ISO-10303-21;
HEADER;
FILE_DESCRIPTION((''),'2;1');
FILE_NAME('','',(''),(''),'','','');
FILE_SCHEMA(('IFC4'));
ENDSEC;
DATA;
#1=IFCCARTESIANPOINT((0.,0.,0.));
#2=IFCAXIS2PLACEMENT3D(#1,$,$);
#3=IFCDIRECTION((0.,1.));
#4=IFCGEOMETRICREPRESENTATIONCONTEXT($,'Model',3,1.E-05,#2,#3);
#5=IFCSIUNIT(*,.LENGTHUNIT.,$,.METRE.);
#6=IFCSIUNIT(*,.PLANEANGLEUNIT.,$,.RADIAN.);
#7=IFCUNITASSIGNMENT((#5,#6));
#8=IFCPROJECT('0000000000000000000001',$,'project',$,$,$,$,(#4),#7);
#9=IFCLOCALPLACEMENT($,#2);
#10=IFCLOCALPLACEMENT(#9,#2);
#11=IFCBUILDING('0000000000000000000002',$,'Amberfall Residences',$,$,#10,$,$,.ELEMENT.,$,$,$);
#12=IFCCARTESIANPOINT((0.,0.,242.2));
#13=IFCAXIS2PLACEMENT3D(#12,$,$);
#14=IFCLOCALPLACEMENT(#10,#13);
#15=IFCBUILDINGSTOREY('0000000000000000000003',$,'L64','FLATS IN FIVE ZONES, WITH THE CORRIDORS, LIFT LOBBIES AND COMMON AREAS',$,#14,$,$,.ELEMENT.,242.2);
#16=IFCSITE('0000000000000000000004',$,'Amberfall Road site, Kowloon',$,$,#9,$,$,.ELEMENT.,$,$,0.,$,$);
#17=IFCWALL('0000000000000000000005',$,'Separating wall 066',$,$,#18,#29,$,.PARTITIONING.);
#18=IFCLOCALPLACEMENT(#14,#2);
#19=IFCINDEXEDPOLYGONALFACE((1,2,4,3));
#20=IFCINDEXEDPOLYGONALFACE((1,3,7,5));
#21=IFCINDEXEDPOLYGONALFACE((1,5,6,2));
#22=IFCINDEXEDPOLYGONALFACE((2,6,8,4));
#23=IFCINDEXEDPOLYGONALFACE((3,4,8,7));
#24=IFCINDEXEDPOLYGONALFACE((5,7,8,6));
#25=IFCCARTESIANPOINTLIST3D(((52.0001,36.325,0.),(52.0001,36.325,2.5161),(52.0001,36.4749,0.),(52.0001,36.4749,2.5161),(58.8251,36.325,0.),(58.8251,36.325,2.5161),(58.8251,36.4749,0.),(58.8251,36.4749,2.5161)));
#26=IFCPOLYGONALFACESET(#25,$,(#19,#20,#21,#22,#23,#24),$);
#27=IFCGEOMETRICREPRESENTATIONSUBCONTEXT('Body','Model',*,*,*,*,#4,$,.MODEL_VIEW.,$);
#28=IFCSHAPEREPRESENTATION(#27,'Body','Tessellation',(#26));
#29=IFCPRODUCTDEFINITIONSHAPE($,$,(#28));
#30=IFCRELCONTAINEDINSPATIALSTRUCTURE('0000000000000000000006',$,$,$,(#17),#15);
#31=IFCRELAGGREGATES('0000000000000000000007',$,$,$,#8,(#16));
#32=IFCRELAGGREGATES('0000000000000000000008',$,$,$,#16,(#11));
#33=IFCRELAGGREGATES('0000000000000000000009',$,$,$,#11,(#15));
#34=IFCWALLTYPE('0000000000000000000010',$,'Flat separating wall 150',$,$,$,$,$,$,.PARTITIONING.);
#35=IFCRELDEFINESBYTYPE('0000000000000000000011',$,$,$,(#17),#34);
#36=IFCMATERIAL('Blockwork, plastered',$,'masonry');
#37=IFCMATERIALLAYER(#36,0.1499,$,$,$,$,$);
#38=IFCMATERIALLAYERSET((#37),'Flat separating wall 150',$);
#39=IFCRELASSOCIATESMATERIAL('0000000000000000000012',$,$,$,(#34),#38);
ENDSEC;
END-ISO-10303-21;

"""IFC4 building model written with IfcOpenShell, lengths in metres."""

from ifc_helpers import new_model, si_unit, direction, frame, frame_2d, origin, place, context, subcontext, project, spatial, rectangle, extrude, material, layer, layer_set, type_object, element, save


model = new_model("IFC4")

# Units and contexts
model_context = context("Model", 3, precision=1e-05, world=origin(), true_north=direction((0.0, 1.0)))
body_context = subcontext(model_context, "Body", "Model", "MODEL_VIEW")
ifc_project = project(units=[si_unit("LENGTHUNIT", "METRE"), si_unit("PLANEANGLEUNIT", "RADIAN")], contexts=[model_context])

# Site, building, storey
site_placement = place(None, origin())
site = spatial("IfcSite", under=ifc_project, at=site_placement, Name="Amberfall Road site, Kowloon", CompositionType="ELEMENT", RefElevation=0.0)
building_placement = place(site_placement, origin())
building = spatial("IfcBuilding", under=site, at=building_placement, Name="Amberfall Residences", CompositionType="ELEMENT")
storey_placement = place(building_placement, frame((0.0, 0.0, 242.2)))
storey = spatial("IfcBuildingStorey", under=building, at=storey_placement, Name="L64", Description="FLATS IN FIVE ZONES, WITH THE CORRIDORS, LIFT LOBBIES AND COMMON AREAS", CompositionType="ELEMENT", Elevation=242.2)

# Wall
ifc_material_1 = material(Name="Blockwork, plastered", Category="masonry")
ifc_layer_1 = layer(ifc_material_1, 0.1499)
ifc_layer_set_1 = layer_set([ifc_layer_1], Name="Flat separating wall 150")
wall_type_1 = type_object("IfcWallType", Name="Flat separating wall 150", PredefinedType="PARTITIONING", material=ifc_layer_set_1)
wall_1_placement = place(storey_placement, frame((52.0, 36.3999, 0.0), z_axis=(0.0, 0.0, 1.0), x_axis=(1.0, 0.0, 0.0)))
element("IfcWall", 1, at=wall_1_placement, inside=storey, type_object=wall_type_1, Name="Separating wall 066", PredefinedType="PARTITIONING", context=body_context, shape_type="SweptSolid", body=[
    extrude(rectangle(XDim=6.825, YDim=0.1499, at=frame_2d((3.4126, 0.0))), origin(), (0.0, 0.0, 1.0), 2.5161),
])

save(model, "model.ifc")
